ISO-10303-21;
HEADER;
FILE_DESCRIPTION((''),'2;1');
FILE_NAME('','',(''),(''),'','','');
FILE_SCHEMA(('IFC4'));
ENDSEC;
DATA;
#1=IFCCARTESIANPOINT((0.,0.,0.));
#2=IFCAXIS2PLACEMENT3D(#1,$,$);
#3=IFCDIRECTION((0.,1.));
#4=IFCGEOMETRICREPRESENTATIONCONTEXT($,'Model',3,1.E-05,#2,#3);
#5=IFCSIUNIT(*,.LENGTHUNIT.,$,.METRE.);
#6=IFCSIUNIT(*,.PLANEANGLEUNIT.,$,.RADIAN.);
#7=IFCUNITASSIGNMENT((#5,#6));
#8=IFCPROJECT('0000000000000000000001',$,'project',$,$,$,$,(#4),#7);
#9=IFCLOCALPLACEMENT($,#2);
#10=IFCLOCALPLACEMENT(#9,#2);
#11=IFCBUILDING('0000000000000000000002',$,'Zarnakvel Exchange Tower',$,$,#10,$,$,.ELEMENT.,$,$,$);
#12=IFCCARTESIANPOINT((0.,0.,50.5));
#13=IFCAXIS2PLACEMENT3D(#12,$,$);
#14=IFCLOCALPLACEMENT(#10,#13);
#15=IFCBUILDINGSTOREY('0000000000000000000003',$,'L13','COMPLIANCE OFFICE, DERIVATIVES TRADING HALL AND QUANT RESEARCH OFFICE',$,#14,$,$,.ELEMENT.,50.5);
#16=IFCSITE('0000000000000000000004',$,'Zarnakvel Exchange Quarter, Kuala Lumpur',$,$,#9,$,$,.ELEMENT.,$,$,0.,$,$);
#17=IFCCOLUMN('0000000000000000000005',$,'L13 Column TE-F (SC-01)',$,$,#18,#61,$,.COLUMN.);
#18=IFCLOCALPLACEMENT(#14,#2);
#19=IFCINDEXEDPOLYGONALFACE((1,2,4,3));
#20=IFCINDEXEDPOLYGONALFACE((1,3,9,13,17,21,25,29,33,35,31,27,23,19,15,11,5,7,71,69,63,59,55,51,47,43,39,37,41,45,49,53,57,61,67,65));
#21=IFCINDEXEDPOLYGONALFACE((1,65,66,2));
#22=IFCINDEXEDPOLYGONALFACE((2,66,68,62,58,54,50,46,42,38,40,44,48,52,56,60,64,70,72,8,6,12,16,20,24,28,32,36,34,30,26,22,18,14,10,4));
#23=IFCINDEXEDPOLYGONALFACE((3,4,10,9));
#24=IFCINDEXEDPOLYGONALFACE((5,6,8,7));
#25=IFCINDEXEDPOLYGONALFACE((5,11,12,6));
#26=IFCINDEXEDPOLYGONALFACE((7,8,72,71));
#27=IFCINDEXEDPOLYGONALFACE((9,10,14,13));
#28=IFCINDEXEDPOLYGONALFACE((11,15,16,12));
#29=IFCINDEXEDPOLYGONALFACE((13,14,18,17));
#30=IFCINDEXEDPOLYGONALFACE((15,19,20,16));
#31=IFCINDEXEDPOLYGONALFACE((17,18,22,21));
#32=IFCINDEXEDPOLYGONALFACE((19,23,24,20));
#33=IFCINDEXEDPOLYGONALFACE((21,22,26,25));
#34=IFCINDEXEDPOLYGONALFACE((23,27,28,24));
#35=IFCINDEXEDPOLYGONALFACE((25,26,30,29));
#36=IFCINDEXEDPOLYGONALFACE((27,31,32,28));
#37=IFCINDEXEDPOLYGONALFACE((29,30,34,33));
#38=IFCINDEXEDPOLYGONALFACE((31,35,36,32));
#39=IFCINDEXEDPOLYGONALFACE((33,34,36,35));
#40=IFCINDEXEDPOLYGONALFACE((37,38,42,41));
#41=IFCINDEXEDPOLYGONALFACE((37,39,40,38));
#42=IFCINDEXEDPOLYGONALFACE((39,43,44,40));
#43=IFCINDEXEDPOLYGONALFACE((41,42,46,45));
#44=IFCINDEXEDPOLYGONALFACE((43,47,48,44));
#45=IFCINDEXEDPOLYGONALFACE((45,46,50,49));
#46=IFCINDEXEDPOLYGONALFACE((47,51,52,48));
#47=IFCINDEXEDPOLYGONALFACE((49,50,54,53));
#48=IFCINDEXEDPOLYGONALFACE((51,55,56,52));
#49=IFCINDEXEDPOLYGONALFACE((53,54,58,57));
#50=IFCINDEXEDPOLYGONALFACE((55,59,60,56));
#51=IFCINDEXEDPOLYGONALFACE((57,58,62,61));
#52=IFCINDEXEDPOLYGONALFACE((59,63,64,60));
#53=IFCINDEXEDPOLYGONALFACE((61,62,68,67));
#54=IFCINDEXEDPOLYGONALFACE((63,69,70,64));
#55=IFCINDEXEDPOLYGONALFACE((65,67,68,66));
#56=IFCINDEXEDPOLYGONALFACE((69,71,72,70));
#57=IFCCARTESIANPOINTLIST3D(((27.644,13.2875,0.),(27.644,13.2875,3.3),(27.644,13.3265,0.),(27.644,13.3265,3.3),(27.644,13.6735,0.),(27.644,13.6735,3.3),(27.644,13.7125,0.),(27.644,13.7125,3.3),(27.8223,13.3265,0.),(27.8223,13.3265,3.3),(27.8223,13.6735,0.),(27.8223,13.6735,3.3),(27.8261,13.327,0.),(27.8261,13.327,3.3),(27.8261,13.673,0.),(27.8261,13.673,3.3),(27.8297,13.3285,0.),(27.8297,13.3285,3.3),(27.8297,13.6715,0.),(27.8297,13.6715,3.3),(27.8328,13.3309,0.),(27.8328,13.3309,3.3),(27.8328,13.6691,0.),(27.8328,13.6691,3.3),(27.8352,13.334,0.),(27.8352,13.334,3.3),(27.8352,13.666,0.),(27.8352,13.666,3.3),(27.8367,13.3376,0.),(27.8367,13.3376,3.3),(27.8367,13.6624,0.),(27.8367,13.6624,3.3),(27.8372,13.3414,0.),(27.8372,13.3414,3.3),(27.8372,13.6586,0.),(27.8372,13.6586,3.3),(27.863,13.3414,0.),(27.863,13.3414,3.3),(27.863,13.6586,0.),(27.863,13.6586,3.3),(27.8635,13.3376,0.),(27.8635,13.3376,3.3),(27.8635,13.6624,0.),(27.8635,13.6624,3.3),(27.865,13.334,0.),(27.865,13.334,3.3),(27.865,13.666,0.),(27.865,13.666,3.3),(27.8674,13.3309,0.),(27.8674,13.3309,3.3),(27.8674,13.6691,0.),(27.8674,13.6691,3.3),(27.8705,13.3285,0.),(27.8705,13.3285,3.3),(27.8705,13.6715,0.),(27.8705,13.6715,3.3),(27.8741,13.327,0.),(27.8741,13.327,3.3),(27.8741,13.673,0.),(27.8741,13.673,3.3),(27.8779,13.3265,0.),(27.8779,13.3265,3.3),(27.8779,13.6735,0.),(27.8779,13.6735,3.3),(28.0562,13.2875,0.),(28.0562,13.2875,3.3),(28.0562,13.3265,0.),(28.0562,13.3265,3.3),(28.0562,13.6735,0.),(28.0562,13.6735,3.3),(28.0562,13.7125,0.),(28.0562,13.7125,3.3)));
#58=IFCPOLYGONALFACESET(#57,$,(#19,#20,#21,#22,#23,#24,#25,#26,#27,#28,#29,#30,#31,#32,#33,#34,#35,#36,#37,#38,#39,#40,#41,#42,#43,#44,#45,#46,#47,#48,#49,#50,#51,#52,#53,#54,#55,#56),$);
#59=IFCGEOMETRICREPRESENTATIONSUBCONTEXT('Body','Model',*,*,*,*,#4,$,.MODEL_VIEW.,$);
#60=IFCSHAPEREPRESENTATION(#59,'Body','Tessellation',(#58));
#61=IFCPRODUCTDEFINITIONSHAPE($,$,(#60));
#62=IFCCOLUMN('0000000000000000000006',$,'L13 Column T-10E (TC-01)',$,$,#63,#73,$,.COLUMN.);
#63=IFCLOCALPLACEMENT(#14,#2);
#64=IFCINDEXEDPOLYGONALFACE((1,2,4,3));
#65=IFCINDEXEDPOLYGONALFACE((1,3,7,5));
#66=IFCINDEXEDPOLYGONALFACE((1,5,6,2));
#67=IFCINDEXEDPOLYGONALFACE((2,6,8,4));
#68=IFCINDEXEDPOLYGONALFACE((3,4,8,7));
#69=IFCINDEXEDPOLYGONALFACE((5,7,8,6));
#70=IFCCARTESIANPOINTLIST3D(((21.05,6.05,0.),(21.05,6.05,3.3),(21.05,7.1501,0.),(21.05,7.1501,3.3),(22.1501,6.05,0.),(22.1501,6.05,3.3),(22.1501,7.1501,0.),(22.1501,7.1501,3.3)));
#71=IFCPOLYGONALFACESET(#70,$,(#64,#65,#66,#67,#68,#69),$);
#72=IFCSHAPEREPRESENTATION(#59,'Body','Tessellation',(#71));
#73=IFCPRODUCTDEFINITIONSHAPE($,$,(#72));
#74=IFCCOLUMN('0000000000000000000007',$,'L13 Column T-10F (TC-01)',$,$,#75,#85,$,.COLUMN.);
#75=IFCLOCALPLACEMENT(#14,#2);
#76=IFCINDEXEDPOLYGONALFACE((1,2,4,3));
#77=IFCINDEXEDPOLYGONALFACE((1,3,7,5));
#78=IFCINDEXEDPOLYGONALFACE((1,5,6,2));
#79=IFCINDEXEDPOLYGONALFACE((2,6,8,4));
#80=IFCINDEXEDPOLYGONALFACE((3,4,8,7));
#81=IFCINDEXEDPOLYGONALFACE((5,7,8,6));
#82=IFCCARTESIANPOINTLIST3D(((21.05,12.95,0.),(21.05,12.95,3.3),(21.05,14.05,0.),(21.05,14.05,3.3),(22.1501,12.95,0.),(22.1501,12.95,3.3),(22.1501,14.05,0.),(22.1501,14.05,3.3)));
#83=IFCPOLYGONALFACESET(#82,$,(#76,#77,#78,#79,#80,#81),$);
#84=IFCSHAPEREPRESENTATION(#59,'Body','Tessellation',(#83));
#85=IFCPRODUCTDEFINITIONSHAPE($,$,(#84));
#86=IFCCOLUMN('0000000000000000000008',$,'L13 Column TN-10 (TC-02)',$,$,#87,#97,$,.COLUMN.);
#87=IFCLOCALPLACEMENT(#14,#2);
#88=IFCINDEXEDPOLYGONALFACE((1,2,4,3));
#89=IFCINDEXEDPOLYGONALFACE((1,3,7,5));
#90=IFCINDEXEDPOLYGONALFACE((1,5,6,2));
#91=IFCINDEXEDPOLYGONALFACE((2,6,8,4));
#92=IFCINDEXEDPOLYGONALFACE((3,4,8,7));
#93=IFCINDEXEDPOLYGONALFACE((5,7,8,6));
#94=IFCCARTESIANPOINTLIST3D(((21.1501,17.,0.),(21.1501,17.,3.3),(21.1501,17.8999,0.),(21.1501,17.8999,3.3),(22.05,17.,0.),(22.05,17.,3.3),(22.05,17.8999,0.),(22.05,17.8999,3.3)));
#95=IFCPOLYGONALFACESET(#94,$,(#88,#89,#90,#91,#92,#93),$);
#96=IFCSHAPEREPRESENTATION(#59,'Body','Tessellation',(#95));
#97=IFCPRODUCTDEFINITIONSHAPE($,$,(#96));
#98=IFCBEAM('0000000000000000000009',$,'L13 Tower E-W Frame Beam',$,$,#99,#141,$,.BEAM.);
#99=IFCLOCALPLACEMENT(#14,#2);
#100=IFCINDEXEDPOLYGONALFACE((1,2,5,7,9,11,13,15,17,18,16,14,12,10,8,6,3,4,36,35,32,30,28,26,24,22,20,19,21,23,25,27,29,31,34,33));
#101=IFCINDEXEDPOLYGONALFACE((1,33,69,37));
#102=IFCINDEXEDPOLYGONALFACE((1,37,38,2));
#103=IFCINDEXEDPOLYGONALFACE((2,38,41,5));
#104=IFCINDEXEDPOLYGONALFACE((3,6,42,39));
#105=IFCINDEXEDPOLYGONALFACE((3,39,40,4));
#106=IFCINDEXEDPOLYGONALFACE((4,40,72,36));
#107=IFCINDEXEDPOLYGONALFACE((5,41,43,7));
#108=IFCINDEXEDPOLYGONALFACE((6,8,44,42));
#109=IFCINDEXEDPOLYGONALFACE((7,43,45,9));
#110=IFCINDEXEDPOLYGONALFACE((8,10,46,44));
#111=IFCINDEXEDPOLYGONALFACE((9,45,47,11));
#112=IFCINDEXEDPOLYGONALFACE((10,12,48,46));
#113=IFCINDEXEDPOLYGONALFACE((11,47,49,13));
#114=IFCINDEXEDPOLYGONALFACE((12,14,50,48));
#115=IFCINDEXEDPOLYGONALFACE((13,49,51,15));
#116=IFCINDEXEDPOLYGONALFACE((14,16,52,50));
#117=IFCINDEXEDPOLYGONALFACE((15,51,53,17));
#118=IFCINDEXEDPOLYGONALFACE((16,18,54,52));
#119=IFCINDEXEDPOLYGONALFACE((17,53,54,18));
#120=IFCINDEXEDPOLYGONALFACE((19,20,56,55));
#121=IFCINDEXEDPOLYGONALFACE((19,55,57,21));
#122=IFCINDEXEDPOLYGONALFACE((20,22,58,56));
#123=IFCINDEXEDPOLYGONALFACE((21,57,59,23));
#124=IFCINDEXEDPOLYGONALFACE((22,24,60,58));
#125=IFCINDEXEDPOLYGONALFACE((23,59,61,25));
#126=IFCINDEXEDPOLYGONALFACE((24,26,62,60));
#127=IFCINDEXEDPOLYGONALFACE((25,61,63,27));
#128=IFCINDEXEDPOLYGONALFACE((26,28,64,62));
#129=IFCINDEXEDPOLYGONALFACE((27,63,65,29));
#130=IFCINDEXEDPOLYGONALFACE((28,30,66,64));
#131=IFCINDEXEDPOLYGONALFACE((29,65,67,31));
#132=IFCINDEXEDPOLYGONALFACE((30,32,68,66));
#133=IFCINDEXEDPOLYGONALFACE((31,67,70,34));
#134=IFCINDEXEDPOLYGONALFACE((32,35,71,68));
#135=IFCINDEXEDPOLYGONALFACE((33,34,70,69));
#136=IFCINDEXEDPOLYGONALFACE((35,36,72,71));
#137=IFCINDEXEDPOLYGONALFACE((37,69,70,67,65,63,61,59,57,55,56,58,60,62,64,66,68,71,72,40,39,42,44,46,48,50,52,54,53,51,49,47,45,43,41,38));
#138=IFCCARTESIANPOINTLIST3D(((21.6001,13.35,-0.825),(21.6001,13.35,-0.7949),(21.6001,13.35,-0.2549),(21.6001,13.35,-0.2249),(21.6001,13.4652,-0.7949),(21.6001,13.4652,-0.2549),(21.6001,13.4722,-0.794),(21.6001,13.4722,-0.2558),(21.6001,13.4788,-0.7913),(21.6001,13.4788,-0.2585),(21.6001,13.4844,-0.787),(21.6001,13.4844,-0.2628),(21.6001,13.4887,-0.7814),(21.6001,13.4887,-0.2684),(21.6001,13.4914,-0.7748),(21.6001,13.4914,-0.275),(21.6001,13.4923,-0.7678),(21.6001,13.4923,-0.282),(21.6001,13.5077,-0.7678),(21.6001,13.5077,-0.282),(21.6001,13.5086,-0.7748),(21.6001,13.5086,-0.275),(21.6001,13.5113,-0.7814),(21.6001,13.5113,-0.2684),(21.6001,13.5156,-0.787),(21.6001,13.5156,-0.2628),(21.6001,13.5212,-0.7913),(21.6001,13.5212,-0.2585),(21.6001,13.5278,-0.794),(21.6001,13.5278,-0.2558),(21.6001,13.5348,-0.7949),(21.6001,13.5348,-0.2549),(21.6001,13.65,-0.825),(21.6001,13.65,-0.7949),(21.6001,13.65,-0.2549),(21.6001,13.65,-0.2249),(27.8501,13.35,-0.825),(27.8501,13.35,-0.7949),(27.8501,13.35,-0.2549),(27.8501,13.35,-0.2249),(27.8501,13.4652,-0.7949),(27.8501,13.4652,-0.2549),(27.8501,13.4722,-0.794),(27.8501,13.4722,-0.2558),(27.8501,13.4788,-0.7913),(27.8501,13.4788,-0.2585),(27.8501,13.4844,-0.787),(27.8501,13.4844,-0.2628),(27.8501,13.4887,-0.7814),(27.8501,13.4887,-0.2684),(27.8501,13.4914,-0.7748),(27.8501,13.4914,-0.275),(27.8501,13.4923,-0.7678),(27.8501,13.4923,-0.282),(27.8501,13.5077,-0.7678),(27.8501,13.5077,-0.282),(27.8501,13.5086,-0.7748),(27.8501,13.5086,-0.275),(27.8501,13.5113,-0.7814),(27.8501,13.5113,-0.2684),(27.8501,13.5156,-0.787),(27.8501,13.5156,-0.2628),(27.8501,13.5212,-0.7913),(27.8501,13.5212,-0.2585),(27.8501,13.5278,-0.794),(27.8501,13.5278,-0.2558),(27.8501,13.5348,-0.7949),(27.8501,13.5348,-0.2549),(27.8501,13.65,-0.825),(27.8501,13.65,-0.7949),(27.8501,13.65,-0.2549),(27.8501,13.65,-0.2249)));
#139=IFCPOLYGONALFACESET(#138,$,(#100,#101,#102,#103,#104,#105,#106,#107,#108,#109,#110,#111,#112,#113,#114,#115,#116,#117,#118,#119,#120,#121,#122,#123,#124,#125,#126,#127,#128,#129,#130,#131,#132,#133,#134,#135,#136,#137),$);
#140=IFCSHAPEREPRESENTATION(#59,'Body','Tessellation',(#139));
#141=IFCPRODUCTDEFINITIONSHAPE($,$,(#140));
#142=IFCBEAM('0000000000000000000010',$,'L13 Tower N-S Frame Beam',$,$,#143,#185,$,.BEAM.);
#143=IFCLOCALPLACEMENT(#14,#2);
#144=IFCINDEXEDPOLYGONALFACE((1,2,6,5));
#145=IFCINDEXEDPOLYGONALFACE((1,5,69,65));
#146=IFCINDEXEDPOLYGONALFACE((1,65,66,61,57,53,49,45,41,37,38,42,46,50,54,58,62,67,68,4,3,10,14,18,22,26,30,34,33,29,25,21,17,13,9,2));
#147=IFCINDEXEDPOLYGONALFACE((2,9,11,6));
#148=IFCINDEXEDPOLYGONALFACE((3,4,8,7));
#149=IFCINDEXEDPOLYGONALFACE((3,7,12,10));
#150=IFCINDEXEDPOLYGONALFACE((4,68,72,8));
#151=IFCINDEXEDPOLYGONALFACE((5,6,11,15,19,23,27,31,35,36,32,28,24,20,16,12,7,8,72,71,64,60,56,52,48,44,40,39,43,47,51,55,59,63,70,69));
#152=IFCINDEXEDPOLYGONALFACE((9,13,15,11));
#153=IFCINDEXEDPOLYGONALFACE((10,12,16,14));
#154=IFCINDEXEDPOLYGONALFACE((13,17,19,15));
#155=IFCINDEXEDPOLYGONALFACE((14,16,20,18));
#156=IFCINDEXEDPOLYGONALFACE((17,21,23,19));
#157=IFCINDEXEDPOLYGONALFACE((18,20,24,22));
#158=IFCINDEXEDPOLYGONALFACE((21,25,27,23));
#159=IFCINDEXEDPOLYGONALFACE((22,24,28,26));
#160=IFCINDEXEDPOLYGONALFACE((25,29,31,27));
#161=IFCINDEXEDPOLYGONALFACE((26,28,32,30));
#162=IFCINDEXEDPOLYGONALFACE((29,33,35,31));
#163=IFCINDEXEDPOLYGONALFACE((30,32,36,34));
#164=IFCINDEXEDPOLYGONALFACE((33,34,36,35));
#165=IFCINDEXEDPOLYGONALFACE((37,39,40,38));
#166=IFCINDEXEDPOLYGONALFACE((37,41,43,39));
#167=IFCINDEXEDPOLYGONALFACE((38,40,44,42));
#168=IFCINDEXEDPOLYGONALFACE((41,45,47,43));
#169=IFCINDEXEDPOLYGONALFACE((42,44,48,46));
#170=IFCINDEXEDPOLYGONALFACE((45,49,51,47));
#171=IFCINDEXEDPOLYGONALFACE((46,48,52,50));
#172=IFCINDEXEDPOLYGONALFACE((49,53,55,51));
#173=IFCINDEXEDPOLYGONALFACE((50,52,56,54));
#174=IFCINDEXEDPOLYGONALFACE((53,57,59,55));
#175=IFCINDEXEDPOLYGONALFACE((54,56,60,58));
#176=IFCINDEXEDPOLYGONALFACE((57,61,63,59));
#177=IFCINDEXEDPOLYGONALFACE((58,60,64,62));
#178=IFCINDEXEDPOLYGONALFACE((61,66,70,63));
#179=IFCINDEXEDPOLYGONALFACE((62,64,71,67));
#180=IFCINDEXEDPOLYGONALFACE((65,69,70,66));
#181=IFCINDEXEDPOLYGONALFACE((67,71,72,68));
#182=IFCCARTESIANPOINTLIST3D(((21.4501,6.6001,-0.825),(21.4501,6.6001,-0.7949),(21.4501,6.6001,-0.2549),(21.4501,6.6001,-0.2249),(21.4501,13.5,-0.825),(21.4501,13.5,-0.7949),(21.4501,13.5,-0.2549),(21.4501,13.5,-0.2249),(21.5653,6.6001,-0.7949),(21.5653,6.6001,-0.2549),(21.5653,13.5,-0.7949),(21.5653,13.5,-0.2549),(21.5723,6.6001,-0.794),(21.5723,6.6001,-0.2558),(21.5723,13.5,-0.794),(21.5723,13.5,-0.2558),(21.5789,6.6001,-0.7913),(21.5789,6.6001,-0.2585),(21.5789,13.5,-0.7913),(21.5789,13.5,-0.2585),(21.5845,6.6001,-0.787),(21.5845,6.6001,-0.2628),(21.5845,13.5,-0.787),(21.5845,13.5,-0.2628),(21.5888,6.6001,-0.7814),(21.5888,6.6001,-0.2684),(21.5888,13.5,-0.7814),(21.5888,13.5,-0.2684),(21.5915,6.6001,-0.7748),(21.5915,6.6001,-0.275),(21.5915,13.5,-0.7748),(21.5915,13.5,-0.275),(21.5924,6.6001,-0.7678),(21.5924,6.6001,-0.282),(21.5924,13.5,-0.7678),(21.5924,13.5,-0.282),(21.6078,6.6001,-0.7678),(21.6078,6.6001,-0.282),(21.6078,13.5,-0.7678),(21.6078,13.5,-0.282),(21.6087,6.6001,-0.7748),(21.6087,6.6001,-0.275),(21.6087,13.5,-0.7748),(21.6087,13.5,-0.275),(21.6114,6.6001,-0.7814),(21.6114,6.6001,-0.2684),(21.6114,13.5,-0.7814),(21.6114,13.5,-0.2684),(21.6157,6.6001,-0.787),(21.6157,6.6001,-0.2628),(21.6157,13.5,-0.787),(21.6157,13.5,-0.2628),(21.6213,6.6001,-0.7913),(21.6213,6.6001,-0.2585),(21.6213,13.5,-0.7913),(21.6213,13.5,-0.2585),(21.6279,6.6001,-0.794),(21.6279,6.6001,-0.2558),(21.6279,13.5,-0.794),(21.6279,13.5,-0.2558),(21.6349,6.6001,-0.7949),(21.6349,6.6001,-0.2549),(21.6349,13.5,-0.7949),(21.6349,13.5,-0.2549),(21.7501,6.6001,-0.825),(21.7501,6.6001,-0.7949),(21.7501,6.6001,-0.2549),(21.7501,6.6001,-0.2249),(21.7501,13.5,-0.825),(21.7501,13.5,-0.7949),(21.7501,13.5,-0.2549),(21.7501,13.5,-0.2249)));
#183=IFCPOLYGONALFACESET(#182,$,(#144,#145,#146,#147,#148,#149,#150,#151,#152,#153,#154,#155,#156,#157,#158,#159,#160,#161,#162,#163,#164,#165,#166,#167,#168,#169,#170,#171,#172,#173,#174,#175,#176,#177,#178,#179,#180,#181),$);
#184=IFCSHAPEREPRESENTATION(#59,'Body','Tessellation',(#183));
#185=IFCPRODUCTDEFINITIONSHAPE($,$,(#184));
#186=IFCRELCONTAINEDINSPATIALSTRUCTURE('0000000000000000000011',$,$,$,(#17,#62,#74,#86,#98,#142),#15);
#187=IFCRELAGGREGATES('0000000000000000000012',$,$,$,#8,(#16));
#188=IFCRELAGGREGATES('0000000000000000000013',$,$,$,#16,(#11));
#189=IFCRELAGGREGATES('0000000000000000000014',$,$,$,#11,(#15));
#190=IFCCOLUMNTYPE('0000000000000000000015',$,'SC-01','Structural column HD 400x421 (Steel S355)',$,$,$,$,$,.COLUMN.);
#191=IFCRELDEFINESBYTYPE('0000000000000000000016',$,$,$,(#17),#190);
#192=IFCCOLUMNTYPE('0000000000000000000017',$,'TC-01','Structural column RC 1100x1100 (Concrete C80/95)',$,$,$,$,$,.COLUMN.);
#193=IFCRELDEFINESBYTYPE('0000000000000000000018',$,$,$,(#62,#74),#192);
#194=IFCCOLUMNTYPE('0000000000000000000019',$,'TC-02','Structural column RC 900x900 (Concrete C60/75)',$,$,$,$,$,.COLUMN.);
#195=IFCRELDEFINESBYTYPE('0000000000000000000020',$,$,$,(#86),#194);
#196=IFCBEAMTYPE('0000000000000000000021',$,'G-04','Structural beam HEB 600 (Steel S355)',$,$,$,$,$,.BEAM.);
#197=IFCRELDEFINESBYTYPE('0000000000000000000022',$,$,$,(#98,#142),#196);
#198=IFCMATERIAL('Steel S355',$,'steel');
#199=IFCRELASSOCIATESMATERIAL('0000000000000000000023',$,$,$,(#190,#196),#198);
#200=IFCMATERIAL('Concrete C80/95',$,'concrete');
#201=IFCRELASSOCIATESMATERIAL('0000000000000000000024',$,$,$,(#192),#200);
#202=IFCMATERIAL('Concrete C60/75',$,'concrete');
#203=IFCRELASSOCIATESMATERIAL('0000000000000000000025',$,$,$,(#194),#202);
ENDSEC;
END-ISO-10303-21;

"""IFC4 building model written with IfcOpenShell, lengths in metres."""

from ifc_helpers import new_model, si_unit, direction, frame, origin, origin_2d, place, context, subcontext, project, spatial, rectangle, i_section, extrude, material, material_profile, profile_set, type_object, element, save


model = new_model("IFC4")

# Units and contexts
model_context = context("Model", 3, precision=1e-05, world=origin(), true_north=direction((0.0, 1.0)))
body_context = subcontext(model_context, "Body", "Model", "MODEL_VIEW")
ifc_project = project(units=[si_unit("LENGTHUNIT", "METRE"), si_unit("PLANEANGLEUNIT", "RADIAN")], contexts=[model_context])

# Site, building, storey
site_placement = place(None, origin())
site = spatial("IfcSite", under=ifc_project, at=site_placement, Name="Zarnakvel Exchange Quarter, Kuala Lumpur", CompositionType="ELEMENT", RefElevation=0.0)
building_placement = place(site_placement, origin())
building = spatial("IfcBuilding", under=site, at=building_placement, Name="Zarnakvel Exchange Tower", CompositionType="ELEMENT")
storey_placement = place(building_placement, frame((0.0, 0.0, 50.5)))
storey = spatial("IfcBuildingStorey", under=building, at=storey_placement, Name="L13", Description="COMPLIANCE OFFICE, DERIVATIVES TRADING HALL AND QUANT RESEARCH OFFICE", CompositionType="ELEMENT", Elevation=50.5)

# Columns
ifc_material_1 = material(Name="Steel S355", Category="steel")
ifc_material_profile_1 = material_profile(ifc_material_1, i_section(OverallWidth=0.4121, OverallDepth=0.425, WebThickness=0.0259, FlangeThickness=0.0391, FilletRadius=0.0149, at=origin_2d()))
ifc_profile_set_1 = profile_set([ifc_material_profile_1], Name="Steel S355")
column_type_1 = type_object("IfcColumnType", Name="SC-01", Description="Structural column HD 400x421 (Steel S355)", PredefinedType="COLUMN", material=ifc_profile_set_1)
column_1_placement = place(storey_placement, frame((27.8501, 13.5, 0.0), z_axis=(0.0, 0.0, 1.0), x_axis=(1.0, 0.0, 0.0)))
element("IfcColumn", 1, at=column_1_placement, inside=storey, type_object=column_type_1, Name="L13 Column TE-F (SC-01)", PredefinedType="COLUMN", context=body_context, shape_type="SweptSolid", body=[
    extrude(i_section(OverallWidth=0.4121, OverallDepth=0.425, WebThickness=0.0259, FlangeThickness=0.0391, FilletRadius=0.0149, at=origin_2d()), origin(), (0.0, 0.0, 1.0), 3.3),
])
ifc_material_2 = material(Name="Concrete C80/95", Category="concrete")
ifc_material_profile_2 = material_profile(ifc_material_2, rectangle(XDim=1.1001, YDim=1.1001, at=origin_2d()))
ifc_profile_set_2 = profile_set([ifc_material_profile_2], Name="Concrete C80/95")
column_type_2 = type_object("IfcColumnType", Name="TC-01", Description="Structural column RC 1100x1100 (Concrete C80/95)", PredefinedType="COLUMN", material=ifc_profile_set_2)
for number, where, z_axis, x_axis, name in (
    (2, (21.6001, 6.6001, 0.0), (0.0, 0.0, 1.0), (1.0, 0.0, 0.0), "L13 Column T-10E (TC-01)"),
    (3, (21.6001, 13.5, 0.0), (0.0, 0.0, 1.0), (1.0, 0.0, 0.0), "L13 Column T-10F (TC-01)"),
):
    element("IfcColumn", number, at=place(storey_placement, frame(where, z_axis=z_axis, x_axis=x_axis)), inside=storey, type_object=column_type_2, Name=name, PredefinedType="COLUMN", context=body_context, shape_type="SweptSolid", body=[
        extrude(rectangle(XDim=1.1001, YDim=1.1001, at=origin_2d()), origin(), (0.0, 0.0, 1.0), 3.3),
    ])
ifc_material_3 = material(Name="Concrete C60/75", Category="concrete")
ifc_material_profile_3 = material_profile(ifc_material_3, rectangle(XDim=0.8999, YDim=0.8999, at=origin_2d()))
ifc_profile_set_3 = profile_set([ifc_material_profile_3], Name="Concrete C60/75")
column_type_3 = type_object("IfcColumnType", Name="TC-02", Description="Structural column RC 900x900 (Concrete C60/75)", PredefinedType="COLUMN", material=ifc_profile_set_3)
column_2_placement = place(storey_placement, frame((21.6001, 17.45, 0.0), z_axis=(0.0, 0.0, 1.0), x_axis=(1.0, 0.0, 0.0)))
element("IfcColumn", 4, at=column_2_placement, inside=storey, type_object=column_type_3, Name="L13 Column TN-10 (TC-02)", PredefinedType="COLUMN", context=body_context, shape_type="SweptSolid", body=[
    extrude(rectangle(XDim=0.8999, YDim=0.8999, at=origin_2d()), origin(), (0.0, 0.0, 1.0), 3.3),
])

# Beams
ifc_material_profile_4 = material_profile(ifc_material_1, i_section(OverallWidth=0.3, OverallDepth=0.6001, WebThickness=0.0154, FlangeThickness=0.03, FilletRadius=0.0271, at=origin_2d()))
ifc_profile_set_4 = profile_set([ifc_material_profile_4], Name="Steel S355")
beam_type = type_object("IfcBeamType", Name="G-04", Description="Structural beam HEB 600 (Steel S355)", PredefinedType="BEAM", material=ifc_profile_set_4)
beam_1_placement = place(storey_placement, frame((21.6001, 13.5, -0.5249), z_axis=(1.0, 0.0, 0.0), x_axis=(0.0, 1.0, 0.0)))
element("IfcBeam", 5, at=beam_1_placement, inside=storey, type_object=beam_type, Name="L13 Tower E-W Frame Beam", PredefinedType="BEAM", context=body_context, shape_type="SweptSolid", body=[
    extrude(i_section(OverallWidth=0.3, OverallDepth=0.6001, WebThickness=0.0154, FlangeThickness=0.03, FilletRadius=0.0271, at=origin_2d()), origin(), (0.0, 0.0, 1.0), 6.25),
])
beam_2_placement = place(storey_placement, frame((21.6001, 6.6001, -0.5249), z_axis=(0.0, 1.0, 0.0), x_axis=(-1.0, 0.0, 0.0)))
element("IfcBeam", 6, at=beam_2_placement, inside=storey, type_object=beam_type, Name="L13 Tower N-S Frame Beam", PredefinedType="BEAM", context=body_context, shape_type="SweptSolid", body=[
    extrude(i_section(OverallWidth=0.3, OverallDepth=0.6001, WebThickness=0.0154, FlangeThickness=0.03, FilletRadius=0.0271, at=origin_2d()), origin(), (0.0, 0.0, 1.0), 6.8999),
])

save(model, "model.ifc")
